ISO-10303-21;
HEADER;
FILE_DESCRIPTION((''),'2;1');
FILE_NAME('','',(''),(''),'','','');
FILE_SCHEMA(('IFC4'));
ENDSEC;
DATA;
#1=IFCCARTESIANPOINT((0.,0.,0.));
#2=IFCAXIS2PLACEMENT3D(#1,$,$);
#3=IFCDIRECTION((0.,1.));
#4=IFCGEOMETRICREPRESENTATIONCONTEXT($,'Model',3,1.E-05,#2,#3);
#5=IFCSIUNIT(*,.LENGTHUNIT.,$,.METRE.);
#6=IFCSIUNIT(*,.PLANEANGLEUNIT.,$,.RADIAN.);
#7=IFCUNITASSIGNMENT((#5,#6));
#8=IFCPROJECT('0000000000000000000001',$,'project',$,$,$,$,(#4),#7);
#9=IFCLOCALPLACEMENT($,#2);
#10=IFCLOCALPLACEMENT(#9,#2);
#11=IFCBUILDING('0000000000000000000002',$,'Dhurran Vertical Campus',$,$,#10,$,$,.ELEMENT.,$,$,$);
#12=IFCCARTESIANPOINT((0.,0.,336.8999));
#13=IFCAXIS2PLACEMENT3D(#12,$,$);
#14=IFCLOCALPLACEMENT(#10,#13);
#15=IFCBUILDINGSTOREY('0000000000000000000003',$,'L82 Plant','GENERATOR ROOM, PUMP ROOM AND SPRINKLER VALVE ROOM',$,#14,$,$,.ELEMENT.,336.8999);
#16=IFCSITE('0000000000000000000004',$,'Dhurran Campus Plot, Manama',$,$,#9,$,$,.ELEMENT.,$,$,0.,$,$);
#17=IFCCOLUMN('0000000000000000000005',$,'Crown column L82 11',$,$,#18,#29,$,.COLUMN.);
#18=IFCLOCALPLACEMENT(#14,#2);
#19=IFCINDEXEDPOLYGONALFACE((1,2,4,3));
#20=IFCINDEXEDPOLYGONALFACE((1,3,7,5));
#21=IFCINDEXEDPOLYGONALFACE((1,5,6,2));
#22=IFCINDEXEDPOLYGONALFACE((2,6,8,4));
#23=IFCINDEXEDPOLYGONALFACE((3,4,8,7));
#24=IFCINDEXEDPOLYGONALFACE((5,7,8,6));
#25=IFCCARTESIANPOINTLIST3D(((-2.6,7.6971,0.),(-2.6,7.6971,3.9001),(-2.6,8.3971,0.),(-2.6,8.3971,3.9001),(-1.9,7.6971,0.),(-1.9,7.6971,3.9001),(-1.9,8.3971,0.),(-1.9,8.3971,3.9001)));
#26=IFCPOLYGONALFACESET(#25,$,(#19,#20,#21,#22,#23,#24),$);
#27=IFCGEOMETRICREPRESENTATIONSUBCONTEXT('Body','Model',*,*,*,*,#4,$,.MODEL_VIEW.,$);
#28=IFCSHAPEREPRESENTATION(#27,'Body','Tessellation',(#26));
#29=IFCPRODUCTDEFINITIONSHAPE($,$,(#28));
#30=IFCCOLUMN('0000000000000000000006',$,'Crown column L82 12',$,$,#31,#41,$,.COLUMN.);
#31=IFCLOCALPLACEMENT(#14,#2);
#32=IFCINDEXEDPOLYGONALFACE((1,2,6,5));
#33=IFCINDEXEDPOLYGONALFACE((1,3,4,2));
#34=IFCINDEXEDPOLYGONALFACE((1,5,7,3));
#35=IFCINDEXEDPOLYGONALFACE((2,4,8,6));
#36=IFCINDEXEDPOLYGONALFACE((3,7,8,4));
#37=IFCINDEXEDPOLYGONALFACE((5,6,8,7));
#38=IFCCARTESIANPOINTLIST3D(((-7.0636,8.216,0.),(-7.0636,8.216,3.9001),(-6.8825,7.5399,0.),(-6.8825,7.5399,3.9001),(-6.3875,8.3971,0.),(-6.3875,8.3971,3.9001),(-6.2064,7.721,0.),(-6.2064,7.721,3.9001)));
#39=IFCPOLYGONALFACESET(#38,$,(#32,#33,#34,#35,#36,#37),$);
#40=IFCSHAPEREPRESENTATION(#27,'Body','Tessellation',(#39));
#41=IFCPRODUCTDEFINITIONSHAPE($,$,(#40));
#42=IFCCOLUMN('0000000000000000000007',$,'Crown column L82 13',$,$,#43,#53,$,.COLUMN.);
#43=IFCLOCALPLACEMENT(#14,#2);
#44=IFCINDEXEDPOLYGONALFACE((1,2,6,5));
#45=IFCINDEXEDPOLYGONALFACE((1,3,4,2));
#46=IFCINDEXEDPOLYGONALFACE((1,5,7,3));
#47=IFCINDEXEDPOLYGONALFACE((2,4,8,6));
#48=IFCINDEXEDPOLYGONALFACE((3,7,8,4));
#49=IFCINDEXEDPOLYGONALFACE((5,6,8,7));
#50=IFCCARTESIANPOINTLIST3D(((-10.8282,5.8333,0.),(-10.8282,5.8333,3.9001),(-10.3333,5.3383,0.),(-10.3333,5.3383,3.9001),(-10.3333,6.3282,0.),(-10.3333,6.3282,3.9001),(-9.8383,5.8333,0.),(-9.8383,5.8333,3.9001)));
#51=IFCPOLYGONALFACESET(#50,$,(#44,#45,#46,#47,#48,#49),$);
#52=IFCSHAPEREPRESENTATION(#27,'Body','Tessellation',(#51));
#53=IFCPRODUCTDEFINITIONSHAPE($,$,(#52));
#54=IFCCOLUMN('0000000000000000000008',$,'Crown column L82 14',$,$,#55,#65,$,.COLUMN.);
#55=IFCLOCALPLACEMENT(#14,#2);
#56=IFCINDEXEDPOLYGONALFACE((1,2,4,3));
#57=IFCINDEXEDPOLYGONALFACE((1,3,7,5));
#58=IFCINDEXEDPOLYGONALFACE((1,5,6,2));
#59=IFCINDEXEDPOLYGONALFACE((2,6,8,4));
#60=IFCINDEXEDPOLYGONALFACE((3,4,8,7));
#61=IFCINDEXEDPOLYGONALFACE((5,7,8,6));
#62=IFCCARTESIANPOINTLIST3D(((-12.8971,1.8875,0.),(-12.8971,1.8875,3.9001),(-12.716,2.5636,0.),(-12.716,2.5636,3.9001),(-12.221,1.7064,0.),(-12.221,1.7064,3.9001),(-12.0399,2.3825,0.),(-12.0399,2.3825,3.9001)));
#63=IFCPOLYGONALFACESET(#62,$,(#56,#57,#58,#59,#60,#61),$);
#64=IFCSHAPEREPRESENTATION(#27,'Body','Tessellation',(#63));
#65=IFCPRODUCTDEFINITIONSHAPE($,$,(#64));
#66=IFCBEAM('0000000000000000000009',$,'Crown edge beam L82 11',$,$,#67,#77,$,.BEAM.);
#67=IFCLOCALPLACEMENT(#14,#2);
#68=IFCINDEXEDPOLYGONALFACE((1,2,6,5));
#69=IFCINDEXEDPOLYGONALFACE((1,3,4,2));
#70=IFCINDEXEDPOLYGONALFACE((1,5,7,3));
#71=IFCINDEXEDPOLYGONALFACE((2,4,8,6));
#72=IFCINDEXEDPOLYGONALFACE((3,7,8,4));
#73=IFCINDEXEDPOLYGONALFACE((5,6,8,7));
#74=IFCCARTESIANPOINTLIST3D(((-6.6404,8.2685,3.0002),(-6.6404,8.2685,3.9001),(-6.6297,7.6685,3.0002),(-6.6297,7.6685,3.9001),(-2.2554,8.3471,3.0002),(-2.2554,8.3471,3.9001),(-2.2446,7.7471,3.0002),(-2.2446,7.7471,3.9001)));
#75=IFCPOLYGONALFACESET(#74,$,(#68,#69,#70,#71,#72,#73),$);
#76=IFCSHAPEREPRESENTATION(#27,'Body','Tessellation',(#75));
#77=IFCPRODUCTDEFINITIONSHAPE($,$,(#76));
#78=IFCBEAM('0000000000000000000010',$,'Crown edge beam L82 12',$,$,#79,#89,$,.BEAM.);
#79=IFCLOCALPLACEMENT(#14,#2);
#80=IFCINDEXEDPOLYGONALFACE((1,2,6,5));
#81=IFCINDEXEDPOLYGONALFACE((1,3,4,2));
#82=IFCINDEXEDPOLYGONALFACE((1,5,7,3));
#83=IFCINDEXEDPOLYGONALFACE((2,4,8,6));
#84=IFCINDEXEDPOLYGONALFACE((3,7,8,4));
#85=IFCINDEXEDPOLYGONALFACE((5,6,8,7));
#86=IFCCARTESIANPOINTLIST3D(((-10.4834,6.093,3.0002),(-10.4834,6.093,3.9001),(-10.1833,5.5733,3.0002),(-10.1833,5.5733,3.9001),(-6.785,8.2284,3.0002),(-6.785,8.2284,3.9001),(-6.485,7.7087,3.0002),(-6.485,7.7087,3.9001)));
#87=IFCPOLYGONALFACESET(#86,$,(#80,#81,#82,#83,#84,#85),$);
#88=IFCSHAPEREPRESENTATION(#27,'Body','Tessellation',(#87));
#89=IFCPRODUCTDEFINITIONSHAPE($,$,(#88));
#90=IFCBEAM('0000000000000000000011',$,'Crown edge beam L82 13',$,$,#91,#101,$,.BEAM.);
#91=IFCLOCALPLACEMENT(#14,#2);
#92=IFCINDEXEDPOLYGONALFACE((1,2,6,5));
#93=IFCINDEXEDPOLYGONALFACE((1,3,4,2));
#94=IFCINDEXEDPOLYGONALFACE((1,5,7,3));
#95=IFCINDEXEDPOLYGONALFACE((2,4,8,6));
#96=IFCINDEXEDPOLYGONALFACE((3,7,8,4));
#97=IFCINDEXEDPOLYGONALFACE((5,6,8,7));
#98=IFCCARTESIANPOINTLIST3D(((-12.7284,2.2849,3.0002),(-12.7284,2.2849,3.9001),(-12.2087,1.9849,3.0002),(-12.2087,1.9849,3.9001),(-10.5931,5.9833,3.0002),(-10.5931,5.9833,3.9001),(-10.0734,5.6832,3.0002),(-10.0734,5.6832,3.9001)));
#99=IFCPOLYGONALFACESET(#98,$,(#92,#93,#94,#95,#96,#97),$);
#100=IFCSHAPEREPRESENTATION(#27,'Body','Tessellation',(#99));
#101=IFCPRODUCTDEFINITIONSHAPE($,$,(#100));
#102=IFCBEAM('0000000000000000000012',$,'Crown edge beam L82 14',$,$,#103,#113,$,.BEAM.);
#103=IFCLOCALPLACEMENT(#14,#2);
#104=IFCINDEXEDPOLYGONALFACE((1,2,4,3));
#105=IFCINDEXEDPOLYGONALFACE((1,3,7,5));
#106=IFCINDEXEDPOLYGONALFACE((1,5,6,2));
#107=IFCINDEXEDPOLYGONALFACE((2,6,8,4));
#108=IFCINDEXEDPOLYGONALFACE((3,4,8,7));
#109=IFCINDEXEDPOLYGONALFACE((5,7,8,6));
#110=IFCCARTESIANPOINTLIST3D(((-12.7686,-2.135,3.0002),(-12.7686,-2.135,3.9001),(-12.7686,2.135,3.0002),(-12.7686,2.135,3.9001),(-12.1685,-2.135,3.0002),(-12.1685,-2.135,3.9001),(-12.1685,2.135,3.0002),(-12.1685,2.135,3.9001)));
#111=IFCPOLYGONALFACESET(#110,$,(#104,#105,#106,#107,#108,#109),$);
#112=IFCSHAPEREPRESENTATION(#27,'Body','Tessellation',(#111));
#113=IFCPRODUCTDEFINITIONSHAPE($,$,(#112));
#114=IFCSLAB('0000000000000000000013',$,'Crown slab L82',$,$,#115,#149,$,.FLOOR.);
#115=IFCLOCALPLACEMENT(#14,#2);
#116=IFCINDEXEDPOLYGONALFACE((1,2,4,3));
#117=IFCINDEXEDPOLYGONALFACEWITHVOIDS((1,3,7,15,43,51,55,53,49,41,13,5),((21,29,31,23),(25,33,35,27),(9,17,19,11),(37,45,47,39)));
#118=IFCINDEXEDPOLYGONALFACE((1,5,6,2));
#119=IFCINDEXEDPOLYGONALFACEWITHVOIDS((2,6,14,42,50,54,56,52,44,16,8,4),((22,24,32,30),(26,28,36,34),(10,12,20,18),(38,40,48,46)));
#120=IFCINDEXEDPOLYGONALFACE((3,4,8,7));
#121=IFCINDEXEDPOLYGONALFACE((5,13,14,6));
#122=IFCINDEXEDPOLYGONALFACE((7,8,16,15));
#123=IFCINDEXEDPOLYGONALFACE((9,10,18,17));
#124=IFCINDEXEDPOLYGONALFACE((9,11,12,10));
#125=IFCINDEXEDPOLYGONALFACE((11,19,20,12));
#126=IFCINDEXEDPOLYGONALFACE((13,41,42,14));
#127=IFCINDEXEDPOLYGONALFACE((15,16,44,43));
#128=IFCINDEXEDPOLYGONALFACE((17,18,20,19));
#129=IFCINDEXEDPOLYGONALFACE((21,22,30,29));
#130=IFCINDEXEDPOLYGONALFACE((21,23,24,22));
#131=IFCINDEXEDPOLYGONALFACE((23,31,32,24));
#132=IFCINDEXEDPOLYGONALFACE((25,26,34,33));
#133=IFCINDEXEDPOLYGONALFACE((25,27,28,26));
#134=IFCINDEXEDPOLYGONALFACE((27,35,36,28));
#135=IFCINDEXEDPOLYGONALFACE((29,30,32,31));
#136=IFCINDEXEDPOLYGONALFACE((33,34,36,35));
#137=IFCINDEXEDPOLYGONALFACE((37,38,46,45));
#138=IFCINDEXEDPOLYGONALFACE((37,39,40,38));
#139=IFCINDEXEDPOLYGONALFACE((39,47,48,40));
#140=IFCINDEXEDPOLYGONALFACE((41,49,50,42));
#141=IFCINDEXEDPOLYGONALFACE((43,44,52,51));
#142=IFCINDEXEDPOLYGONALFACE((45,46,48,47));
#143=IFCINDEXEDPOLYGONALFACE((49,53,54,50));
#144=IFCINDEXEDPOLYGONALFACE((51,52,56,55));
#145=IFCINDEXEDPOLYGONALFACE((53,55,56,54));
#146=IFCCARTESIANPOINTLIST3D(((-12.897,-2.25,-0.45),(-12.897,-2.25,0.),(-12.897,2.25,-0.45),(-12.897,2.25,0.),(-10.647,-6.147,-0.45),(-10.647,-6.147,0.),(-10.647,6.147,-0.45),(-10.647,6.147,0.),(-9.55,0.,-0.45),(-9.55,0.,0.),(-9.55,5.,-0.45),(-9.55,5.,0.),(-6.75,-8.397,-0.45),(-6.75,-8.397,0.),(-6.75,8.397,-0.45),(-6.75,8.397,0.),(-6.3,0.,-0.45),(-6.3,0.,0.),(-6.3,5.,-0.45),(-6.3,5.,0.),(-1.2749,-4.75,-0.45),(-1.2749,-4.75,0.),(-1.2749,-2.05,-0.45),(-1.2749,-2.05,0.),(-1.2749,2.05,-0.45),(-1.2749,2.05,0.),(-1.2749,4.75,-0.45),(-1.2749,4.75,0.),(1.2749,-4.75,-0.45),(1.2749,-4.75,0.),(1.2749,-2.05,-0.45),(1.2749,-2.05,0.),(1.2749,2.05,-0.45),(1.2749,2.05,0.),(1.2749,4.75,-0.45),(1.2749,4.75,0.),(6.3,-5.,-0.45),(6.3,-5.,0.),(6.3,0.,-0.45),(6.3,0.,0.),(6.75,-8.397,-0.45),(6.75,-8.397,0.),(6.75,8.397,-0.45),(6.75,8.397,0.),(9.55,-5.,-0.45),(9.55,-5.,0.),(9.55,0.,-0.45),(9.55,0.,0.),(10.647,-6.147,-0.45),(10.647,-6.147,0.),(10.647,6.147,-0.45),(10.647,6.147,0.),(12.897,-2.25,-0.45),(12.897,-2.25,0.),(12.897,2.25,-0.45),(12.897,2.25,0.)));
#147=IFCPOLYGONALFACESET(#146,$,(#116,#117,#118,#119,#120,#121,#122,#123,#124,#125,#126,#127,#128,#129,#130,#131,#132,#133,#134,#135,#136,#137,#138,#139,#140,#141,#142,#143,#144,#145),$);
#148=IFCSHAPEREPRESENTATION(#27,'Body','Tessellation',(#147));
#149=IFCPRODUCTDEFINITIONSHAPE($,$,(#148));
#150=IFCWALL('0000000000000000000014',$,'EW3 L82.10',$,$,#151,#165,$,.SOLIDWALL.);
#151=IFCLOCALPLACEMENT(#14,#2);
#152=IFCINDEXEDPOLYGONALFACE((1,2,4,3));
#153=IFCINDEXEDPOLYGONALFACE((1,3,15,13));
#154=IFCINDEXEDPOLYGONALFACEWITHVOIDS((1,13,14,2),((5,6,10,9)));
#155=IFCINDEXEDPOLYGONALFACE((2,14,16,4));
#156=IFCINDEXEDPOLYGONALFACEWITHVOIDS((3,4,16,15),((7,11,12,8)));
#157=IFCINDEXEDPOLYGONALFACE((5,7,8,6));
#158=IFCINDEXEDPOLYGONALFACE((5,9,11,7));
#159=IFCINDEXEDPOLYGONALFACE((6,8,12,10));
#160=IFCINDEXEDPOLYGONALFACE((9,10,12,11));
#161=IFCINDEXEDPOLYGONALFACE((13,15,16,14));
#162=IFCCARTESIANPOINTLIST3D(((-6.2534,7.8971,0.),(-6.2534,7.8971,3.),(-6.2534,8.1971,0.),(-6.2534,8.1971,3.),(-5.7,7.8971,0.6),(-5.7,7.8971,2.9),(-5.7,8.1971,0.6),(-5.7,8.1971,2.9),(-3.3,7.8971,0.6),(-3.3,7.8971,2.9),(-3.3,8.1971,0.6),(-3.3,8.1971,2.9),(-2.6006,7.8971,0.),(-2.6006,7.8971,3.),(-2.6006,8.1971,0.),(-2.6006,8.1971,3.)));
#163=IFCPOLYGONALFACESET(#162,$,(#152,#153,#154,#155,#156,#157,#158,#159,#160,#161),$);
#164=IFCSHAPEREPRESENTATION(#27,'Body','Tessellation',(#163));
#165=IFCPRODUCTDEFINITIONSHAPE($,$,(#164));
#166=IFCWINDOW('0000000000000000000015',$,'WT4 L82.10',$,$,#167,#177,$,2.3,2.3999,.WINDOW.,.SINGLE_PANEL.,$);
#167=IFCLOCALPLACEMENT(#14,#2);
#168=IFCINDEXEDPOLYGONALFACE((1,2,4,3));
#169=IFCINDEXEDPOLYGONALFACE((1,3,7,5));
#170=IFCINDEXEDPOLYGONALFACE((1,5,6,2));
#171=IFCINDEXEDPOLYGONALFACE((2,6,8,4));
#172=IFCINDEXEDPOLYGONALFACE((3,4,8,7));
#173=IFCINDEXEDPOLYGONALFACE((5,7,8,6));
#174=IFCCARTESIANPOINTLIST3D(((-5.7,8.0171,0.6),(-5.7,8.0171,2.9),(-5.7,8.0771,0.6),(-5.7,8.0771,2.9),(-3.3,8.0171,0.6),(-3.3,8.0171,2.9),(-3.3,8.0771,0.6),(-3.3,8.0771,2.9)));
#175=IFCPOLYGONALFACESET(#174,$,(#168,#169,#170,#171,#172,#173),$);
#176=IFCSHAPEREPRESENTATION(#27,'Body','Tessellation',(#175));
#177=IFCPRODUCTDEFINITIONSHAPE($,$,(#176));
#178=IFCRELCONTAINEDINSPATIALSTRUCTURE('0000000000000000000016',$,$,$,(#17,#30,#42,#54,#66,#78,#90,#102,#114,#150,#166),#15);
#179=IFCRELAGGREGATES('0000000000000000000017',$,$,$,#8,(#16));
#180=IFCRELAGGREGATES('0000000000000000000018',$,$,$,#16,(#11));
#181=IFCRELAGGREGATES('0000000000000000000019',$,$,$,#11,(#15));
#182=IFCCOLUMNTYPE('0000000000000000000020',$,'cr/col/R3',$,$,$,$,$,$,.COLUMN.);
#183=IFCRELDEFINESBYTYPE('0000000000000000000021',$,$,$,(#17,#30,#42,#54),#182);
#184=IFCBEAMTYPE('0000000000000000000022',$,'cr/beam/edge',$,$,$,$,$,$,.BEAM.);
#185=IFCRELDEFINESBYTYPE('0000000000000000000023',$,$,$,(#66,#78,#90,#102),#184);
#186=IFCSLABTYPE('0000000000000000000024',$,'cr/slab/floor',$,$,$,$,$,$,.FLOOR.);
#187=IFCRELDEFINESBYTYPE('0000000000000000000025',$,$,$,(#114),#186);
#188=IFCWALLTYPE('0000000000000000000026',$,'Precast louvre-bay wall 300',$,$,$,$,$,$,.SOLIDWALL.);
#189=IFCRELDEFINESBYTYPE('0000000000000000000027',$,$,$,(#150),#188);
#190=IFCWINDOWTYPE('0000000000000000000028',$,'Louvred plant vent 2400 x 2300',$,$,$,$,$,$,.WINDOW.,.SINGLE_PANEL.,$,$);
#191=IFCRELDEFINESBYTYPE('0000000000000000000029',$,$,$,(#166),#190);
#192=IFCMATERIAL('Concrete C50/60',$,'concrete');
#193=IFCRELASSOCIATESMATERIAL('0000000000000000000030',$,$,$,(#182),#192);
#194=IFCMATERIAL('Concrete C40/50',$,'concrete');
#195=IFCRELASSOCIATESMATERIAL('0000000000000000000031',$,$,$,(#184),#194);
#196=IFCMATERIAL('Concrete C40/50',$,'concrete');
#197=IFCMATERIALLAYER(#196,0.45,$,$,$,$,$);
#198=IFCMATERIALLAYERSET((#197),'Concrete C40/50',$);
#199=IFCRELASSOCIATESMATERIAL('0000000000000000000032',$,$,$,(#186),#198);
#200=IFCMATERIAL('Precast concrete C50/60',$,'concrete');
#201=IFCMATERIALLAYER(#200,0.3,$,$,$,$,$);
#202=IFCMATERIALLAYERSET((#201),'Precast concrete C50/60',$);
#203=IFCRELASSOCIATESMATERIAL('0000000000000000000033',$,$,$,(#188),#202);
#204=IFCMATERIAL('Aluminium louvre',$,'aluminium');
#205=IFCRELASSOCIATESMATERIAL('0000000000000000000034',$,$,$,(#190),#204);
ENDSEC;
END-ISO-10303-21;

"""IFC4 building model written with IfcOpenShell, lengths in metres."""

from ifc_helpers import new_model, si_unit, direction, frame, frame_2d, origin, origin_2d, place, context, subcontext, project, spatial, polyline, rectangle, outline, extrude, material, layer, layer_set, material_profile, profile_set, type_object, element, fill, save


model = new_model("IFC4")

# Units and contexts
model_context = context("Model", 3, precision=1e-05, world=origin(), true_north=direction((0.0, 1.0)))
body_context = subcontext(model_context, "Body", "Model", "MODEL_VIEW")
ifc_project = project(units=[si_unit("LENGTHUNIT", "METRE"), si_unit("PLANEANGLEUNIT", "RADIAN")], contexts=[model_context])

# Site, building, storey
site_placement = place(None, origin())
site = spatial("IfcSite", under=ifc_project, at=site_placement, Name="Dhurran Campus Plot, Manama", CompositionType="ELEMENT", RefElevation=0.0)
building_placement = place(site_placement, origin())
building = spatial("IfcBuilding", under=site, at=building_placement, Name="Dhurran Vertical Campus", CompositionType="ELEMENT")
storey_placement = place(building_placement, frame((0.0, 0.0, 336.8999)))
storey = spatial("IfcBuildingStorey", under=building, at=storey_placement, Name="L82 Plant", Description="GENERATOR ROOM, PUMP ROOM AND SPRINKLER VALVE ROOM", CompositionType="ELEMENT", Elevation=336.8999)

# Columns
ifc_material_1 = material(Name="Concrete C50/60", Category="concrete")
ifc_material_profile_1 = material_profile(ifc_material_1, rectangle(XDim=0.7, YDim=0.7, at=origin_2d()), Name="cr/col/R3")
ifc_profile_set_1 = profile_set([ifc_material_profile_1], Name="Concrete C50/60")
column_type = type_object("IfcColumnType", Name="cr/col/R3", PredefinedType="COLUMN", material=ifc_profile_set_1)
for number, where, z_axis, x_axis, name in (
    (1, (-2.25, 8.0471, 0.0), (0.0, 0.0, 1.0), (-1.0, 0.0, 0.0), "Crown column L82 11"),
    (2, (-6.635, 7.9685, 0.0), (0.0, 0.0, 1.0), (-0.965926, -0.258819, 0.0), "Crown column L82 12"),
    (3, (-10.3333, 5.8333, 0.0), (0.0, 0.0, 1.0), (-0.707107, -0.707107, 0.0), "Crown column L82 13"),
    (4, (-12.4685, 2.135, 0.0), (0.0, 0.0, 1.0), (-0.258819, -0.965926, 0.0), "Crown column L82 14"),
):
    element("IfcColumn", number, at=place(storey_placement, frame(where, z_axis=z_axis, x_axis=x_axis)), inside=storey, type_object=column_type, Name=name, PredefinedType="COLUMN", context=body_context, shape_type="SweptSolid", body=[
        extrude(rectangle(XDim=0.7, YDim=0.7, at=origin_2d()), origin(), (0.0, 0.0, 1.0), 3.9001),
    ])

# Beams
ifc_material_2 = material(Name="Concrete C40/50", Category="concrete")
ifc_material_profile_2 = material_profile(ifc_material_2, rectangle(XDim=0.6001, YDim=0.8999, at=origin_2d()), Name="cr/beam/edge")
ifc_profile_set_2 = profile_set([ifc_material_profile_2], Name="Concrete C40/50")
beam_type = type_object("IfcBeamType", Name="cr/beam/edge", PredefinedType="BEAM", material=ifc_profile_set_2)
beam_1_placement = place(storey_placement, frame((-2.25, 8.0471, 3.4502), z_axis=(-0.999839, -0.017925, 0.0), x_axis=(0.017925, -0.999839, 0.0)))
element("IfcBeam", 5, at=beam_1_placement, inside=storey, type_object=beam_type, Name="Crown edge beam L82 11", PredefinedType="BEAM", context=body_context, shape_type="SweptSolid", body=[
    extrude(rectangle(XDim=0.6001, YDim=0.8999, at=origin_2d()), origin(), (0.0, 0.0, 1.0), 4.3857),
])
for number, where, z_axis, x_axis, name in (
    (6, (-6.635, 7.9685, 3.4502), (-0.866018, -0.500013, 0.0), (0.500013, -0.866018, 0.0), "Crown edge beam L82 12"),
    (7, (-10.3333, 5.8333, 3.4502), (-0.500013, -0.866018, 0.0), (0.866018, -0.500013, 0.0), "Crown edge beam L82 13"),
):
    element("IfcBeam", number, at=place(storey_placement, frame(where, z_axis=z_axis, x_axis=x_axis)), inside=storey, type_object=beam_type, Name=name, PredefinedType="BEAM", context=body_context, shape_type="SweptSolid", body=[
        extrude(rectangle(XDim=0.6001, YDim=0.8999, at=origin_2d()), origin(), (0.0, 0.0, 1.0), 4.2705),
    ])
beam_2_placement = place(storey_placement, frame((-12.4685, 2.135, 3.4502), z_axis=(0.0, -1.0, 0.0), x_axis=(1.0, 0.0, 0.0)))
element("IfcBeam", 8, at=beam_2_placement, inside=storey, type_object=beam_type, Name="Crown edge beam L82 14", PredefinedType="BEAM", context=body_context, shape_type="SweptSolid", body=[
    extrude(rectangle(XDim=0.6001, YDim=0.8999, at=origin_2d()), origin(), (0.0, 0.0, 1.0), 4.27),
])

# Slab
ifc_material_3 = material(Name="Concrete C40/50", Category="concrete")
ifc_layer_1 = layer(ifc_material_3, 0.45)
ifc_layer_set_1 = layer_set([ifc_layer_1], Name="Concrete C40/50")
slab_type = type_object("IfcSlabType", Name="cr/slab/floor", PredefinedType="FLOOR", material=ifc_layer_set_1)
slab_placement = place(storey_placement, frame((0.0, 0.0, -0.45)))
element("IfcSlab", 9, at=slab_placement, inside=storey, type_object=slab_type, Name="Crown slab L82", PredefinedType="FLOOR", context=body_context, shape_type="SweptSolid", body=[
    extrude(outline(polyline([(-6.75, -8.397), (6.75, -8.397), (10.647, -6.147), (12.897, -2.25), (12.897, 2.25), (10.647, 6.147), (6.75, 8.397), (-6.75, 8.397), (-10.647, 6.147), (-12.897, 2.25), (-12.897, -2.25), (-10.647, -6.147), (-6.75, -8.397)]), holes=[polyline([(-1.2749, 4.75), (1.2749, 4.75), (1.2749, 2.05), (-1.2749, 2.05), (-1.2749, 4.75)]), polyline([(-1.2749, -2.05), (1.2749, -2.05), (1.2749, -4.75), (-1.2749, -4.75), (-1.2749, -2.05)]), polyline([(-9.55, 5.0), (-6.3, 5.0), (-6.3, 0.0), (-9.55, 0.0), (-9.55, 5.0)]), polyline([(6.3, 0.0), (9.55, 0.0), (9.55, -5.0), (6.3, -5.0), (6.3, 0.0)])]), origin(), (0.0, 0.0, 1.0), 0.45),
])

# Wall, opening, window
ifc_material_4 = material(Name="Precast concrete C50/60", Category="concrete")
ifc_layer_2 = layer(ifc_material_4, 0.3)
ifc_layer_set_2 = layer_set([ifc_layer_2], Name="Precast concrete C50/60")
wall_type_1 = type_object("IfcWallType", Name="Precast louvre-bay wall 300", PredefinedType="SOLIDWALL", material=ifc_layer_set_2)
wall_1_placement = place(storey_placement, frame((-2.6006, 8.0471, 0.0), z_axis=(0.0, 0.0, 1.0), x_axis=(-1.0, 0.0, 0.0)))
wall_1 = element("IfcWall", 10, at=wall_1_placement, inside=storey, type_object=wall_type_1, Name="EW3 L82.10", PredefinedType="SOLIDWALL", context=body_context, shape_type="SweptSolid", body=[
    extrude(rectangle(XDim=3.6528, YDim=0.3, at=frame_2d((1.8264, 0.0))), origin(), (0.0, 0.0, 1.0), 3.0),
])
opening_1_placement = place(wall_1_placement, frame((0.6995, 0.0, 0.6001)))
opening_1 = element("IfcOpeningElement", 11, at=opening_1_placement, cuts=wall_1, PredefinedType="OPENING", context=body_context, shape_type="SweptSolid", body=[
    extrude(rectangle(XDim=2.3999, YDim=2.3, at=frame_2d((1.2, 1.1499))), frame((0.0, 0.1599, 0.0), z_axis=(0.0, -1.0, 0.0), x_axis=(1.0, 0.0, 0.0)), (0.0, 0.0, 1.0), 0.3201),
])
ifc_material_5 = material(Name="Aluminium louvre", Category="aluminium")
window_type_1 = type_object("IfcWindowType", Name="Louvred plant vent 2400 x 2300", PartitioningType="SINGLE_PANEL", PredefinedType="WINDOW", material=ifc_material_5)
window_1_placement = place(opening_1_placement, origin())
window_1 = element("IfcWindow", 12, at=window_1_placement, inside=storey, type_object=window_type_1, Name="WT4 L82.10", OverallHeight=2.3, OverallWidth=2.3999, PartitioningType="SINGLE_PANEL", PredefinedType="WINDOW", context=body_context, shape_type="SweptSolid", body=[
    extrude(rectangle(XDim=2.3999, YDim=2.3, at=frame_2d((1.2, 1.1499))), frame((0.0, 0.03, 0.0), z_axis=(0.0, -1.0, 0.0), x_axis=(1.0, 0.0, 0.0)), (0.0, 0.0, 1.0), 0.0601),
])
fill(opening_1, window_1)

save(model, "model.ifc")
